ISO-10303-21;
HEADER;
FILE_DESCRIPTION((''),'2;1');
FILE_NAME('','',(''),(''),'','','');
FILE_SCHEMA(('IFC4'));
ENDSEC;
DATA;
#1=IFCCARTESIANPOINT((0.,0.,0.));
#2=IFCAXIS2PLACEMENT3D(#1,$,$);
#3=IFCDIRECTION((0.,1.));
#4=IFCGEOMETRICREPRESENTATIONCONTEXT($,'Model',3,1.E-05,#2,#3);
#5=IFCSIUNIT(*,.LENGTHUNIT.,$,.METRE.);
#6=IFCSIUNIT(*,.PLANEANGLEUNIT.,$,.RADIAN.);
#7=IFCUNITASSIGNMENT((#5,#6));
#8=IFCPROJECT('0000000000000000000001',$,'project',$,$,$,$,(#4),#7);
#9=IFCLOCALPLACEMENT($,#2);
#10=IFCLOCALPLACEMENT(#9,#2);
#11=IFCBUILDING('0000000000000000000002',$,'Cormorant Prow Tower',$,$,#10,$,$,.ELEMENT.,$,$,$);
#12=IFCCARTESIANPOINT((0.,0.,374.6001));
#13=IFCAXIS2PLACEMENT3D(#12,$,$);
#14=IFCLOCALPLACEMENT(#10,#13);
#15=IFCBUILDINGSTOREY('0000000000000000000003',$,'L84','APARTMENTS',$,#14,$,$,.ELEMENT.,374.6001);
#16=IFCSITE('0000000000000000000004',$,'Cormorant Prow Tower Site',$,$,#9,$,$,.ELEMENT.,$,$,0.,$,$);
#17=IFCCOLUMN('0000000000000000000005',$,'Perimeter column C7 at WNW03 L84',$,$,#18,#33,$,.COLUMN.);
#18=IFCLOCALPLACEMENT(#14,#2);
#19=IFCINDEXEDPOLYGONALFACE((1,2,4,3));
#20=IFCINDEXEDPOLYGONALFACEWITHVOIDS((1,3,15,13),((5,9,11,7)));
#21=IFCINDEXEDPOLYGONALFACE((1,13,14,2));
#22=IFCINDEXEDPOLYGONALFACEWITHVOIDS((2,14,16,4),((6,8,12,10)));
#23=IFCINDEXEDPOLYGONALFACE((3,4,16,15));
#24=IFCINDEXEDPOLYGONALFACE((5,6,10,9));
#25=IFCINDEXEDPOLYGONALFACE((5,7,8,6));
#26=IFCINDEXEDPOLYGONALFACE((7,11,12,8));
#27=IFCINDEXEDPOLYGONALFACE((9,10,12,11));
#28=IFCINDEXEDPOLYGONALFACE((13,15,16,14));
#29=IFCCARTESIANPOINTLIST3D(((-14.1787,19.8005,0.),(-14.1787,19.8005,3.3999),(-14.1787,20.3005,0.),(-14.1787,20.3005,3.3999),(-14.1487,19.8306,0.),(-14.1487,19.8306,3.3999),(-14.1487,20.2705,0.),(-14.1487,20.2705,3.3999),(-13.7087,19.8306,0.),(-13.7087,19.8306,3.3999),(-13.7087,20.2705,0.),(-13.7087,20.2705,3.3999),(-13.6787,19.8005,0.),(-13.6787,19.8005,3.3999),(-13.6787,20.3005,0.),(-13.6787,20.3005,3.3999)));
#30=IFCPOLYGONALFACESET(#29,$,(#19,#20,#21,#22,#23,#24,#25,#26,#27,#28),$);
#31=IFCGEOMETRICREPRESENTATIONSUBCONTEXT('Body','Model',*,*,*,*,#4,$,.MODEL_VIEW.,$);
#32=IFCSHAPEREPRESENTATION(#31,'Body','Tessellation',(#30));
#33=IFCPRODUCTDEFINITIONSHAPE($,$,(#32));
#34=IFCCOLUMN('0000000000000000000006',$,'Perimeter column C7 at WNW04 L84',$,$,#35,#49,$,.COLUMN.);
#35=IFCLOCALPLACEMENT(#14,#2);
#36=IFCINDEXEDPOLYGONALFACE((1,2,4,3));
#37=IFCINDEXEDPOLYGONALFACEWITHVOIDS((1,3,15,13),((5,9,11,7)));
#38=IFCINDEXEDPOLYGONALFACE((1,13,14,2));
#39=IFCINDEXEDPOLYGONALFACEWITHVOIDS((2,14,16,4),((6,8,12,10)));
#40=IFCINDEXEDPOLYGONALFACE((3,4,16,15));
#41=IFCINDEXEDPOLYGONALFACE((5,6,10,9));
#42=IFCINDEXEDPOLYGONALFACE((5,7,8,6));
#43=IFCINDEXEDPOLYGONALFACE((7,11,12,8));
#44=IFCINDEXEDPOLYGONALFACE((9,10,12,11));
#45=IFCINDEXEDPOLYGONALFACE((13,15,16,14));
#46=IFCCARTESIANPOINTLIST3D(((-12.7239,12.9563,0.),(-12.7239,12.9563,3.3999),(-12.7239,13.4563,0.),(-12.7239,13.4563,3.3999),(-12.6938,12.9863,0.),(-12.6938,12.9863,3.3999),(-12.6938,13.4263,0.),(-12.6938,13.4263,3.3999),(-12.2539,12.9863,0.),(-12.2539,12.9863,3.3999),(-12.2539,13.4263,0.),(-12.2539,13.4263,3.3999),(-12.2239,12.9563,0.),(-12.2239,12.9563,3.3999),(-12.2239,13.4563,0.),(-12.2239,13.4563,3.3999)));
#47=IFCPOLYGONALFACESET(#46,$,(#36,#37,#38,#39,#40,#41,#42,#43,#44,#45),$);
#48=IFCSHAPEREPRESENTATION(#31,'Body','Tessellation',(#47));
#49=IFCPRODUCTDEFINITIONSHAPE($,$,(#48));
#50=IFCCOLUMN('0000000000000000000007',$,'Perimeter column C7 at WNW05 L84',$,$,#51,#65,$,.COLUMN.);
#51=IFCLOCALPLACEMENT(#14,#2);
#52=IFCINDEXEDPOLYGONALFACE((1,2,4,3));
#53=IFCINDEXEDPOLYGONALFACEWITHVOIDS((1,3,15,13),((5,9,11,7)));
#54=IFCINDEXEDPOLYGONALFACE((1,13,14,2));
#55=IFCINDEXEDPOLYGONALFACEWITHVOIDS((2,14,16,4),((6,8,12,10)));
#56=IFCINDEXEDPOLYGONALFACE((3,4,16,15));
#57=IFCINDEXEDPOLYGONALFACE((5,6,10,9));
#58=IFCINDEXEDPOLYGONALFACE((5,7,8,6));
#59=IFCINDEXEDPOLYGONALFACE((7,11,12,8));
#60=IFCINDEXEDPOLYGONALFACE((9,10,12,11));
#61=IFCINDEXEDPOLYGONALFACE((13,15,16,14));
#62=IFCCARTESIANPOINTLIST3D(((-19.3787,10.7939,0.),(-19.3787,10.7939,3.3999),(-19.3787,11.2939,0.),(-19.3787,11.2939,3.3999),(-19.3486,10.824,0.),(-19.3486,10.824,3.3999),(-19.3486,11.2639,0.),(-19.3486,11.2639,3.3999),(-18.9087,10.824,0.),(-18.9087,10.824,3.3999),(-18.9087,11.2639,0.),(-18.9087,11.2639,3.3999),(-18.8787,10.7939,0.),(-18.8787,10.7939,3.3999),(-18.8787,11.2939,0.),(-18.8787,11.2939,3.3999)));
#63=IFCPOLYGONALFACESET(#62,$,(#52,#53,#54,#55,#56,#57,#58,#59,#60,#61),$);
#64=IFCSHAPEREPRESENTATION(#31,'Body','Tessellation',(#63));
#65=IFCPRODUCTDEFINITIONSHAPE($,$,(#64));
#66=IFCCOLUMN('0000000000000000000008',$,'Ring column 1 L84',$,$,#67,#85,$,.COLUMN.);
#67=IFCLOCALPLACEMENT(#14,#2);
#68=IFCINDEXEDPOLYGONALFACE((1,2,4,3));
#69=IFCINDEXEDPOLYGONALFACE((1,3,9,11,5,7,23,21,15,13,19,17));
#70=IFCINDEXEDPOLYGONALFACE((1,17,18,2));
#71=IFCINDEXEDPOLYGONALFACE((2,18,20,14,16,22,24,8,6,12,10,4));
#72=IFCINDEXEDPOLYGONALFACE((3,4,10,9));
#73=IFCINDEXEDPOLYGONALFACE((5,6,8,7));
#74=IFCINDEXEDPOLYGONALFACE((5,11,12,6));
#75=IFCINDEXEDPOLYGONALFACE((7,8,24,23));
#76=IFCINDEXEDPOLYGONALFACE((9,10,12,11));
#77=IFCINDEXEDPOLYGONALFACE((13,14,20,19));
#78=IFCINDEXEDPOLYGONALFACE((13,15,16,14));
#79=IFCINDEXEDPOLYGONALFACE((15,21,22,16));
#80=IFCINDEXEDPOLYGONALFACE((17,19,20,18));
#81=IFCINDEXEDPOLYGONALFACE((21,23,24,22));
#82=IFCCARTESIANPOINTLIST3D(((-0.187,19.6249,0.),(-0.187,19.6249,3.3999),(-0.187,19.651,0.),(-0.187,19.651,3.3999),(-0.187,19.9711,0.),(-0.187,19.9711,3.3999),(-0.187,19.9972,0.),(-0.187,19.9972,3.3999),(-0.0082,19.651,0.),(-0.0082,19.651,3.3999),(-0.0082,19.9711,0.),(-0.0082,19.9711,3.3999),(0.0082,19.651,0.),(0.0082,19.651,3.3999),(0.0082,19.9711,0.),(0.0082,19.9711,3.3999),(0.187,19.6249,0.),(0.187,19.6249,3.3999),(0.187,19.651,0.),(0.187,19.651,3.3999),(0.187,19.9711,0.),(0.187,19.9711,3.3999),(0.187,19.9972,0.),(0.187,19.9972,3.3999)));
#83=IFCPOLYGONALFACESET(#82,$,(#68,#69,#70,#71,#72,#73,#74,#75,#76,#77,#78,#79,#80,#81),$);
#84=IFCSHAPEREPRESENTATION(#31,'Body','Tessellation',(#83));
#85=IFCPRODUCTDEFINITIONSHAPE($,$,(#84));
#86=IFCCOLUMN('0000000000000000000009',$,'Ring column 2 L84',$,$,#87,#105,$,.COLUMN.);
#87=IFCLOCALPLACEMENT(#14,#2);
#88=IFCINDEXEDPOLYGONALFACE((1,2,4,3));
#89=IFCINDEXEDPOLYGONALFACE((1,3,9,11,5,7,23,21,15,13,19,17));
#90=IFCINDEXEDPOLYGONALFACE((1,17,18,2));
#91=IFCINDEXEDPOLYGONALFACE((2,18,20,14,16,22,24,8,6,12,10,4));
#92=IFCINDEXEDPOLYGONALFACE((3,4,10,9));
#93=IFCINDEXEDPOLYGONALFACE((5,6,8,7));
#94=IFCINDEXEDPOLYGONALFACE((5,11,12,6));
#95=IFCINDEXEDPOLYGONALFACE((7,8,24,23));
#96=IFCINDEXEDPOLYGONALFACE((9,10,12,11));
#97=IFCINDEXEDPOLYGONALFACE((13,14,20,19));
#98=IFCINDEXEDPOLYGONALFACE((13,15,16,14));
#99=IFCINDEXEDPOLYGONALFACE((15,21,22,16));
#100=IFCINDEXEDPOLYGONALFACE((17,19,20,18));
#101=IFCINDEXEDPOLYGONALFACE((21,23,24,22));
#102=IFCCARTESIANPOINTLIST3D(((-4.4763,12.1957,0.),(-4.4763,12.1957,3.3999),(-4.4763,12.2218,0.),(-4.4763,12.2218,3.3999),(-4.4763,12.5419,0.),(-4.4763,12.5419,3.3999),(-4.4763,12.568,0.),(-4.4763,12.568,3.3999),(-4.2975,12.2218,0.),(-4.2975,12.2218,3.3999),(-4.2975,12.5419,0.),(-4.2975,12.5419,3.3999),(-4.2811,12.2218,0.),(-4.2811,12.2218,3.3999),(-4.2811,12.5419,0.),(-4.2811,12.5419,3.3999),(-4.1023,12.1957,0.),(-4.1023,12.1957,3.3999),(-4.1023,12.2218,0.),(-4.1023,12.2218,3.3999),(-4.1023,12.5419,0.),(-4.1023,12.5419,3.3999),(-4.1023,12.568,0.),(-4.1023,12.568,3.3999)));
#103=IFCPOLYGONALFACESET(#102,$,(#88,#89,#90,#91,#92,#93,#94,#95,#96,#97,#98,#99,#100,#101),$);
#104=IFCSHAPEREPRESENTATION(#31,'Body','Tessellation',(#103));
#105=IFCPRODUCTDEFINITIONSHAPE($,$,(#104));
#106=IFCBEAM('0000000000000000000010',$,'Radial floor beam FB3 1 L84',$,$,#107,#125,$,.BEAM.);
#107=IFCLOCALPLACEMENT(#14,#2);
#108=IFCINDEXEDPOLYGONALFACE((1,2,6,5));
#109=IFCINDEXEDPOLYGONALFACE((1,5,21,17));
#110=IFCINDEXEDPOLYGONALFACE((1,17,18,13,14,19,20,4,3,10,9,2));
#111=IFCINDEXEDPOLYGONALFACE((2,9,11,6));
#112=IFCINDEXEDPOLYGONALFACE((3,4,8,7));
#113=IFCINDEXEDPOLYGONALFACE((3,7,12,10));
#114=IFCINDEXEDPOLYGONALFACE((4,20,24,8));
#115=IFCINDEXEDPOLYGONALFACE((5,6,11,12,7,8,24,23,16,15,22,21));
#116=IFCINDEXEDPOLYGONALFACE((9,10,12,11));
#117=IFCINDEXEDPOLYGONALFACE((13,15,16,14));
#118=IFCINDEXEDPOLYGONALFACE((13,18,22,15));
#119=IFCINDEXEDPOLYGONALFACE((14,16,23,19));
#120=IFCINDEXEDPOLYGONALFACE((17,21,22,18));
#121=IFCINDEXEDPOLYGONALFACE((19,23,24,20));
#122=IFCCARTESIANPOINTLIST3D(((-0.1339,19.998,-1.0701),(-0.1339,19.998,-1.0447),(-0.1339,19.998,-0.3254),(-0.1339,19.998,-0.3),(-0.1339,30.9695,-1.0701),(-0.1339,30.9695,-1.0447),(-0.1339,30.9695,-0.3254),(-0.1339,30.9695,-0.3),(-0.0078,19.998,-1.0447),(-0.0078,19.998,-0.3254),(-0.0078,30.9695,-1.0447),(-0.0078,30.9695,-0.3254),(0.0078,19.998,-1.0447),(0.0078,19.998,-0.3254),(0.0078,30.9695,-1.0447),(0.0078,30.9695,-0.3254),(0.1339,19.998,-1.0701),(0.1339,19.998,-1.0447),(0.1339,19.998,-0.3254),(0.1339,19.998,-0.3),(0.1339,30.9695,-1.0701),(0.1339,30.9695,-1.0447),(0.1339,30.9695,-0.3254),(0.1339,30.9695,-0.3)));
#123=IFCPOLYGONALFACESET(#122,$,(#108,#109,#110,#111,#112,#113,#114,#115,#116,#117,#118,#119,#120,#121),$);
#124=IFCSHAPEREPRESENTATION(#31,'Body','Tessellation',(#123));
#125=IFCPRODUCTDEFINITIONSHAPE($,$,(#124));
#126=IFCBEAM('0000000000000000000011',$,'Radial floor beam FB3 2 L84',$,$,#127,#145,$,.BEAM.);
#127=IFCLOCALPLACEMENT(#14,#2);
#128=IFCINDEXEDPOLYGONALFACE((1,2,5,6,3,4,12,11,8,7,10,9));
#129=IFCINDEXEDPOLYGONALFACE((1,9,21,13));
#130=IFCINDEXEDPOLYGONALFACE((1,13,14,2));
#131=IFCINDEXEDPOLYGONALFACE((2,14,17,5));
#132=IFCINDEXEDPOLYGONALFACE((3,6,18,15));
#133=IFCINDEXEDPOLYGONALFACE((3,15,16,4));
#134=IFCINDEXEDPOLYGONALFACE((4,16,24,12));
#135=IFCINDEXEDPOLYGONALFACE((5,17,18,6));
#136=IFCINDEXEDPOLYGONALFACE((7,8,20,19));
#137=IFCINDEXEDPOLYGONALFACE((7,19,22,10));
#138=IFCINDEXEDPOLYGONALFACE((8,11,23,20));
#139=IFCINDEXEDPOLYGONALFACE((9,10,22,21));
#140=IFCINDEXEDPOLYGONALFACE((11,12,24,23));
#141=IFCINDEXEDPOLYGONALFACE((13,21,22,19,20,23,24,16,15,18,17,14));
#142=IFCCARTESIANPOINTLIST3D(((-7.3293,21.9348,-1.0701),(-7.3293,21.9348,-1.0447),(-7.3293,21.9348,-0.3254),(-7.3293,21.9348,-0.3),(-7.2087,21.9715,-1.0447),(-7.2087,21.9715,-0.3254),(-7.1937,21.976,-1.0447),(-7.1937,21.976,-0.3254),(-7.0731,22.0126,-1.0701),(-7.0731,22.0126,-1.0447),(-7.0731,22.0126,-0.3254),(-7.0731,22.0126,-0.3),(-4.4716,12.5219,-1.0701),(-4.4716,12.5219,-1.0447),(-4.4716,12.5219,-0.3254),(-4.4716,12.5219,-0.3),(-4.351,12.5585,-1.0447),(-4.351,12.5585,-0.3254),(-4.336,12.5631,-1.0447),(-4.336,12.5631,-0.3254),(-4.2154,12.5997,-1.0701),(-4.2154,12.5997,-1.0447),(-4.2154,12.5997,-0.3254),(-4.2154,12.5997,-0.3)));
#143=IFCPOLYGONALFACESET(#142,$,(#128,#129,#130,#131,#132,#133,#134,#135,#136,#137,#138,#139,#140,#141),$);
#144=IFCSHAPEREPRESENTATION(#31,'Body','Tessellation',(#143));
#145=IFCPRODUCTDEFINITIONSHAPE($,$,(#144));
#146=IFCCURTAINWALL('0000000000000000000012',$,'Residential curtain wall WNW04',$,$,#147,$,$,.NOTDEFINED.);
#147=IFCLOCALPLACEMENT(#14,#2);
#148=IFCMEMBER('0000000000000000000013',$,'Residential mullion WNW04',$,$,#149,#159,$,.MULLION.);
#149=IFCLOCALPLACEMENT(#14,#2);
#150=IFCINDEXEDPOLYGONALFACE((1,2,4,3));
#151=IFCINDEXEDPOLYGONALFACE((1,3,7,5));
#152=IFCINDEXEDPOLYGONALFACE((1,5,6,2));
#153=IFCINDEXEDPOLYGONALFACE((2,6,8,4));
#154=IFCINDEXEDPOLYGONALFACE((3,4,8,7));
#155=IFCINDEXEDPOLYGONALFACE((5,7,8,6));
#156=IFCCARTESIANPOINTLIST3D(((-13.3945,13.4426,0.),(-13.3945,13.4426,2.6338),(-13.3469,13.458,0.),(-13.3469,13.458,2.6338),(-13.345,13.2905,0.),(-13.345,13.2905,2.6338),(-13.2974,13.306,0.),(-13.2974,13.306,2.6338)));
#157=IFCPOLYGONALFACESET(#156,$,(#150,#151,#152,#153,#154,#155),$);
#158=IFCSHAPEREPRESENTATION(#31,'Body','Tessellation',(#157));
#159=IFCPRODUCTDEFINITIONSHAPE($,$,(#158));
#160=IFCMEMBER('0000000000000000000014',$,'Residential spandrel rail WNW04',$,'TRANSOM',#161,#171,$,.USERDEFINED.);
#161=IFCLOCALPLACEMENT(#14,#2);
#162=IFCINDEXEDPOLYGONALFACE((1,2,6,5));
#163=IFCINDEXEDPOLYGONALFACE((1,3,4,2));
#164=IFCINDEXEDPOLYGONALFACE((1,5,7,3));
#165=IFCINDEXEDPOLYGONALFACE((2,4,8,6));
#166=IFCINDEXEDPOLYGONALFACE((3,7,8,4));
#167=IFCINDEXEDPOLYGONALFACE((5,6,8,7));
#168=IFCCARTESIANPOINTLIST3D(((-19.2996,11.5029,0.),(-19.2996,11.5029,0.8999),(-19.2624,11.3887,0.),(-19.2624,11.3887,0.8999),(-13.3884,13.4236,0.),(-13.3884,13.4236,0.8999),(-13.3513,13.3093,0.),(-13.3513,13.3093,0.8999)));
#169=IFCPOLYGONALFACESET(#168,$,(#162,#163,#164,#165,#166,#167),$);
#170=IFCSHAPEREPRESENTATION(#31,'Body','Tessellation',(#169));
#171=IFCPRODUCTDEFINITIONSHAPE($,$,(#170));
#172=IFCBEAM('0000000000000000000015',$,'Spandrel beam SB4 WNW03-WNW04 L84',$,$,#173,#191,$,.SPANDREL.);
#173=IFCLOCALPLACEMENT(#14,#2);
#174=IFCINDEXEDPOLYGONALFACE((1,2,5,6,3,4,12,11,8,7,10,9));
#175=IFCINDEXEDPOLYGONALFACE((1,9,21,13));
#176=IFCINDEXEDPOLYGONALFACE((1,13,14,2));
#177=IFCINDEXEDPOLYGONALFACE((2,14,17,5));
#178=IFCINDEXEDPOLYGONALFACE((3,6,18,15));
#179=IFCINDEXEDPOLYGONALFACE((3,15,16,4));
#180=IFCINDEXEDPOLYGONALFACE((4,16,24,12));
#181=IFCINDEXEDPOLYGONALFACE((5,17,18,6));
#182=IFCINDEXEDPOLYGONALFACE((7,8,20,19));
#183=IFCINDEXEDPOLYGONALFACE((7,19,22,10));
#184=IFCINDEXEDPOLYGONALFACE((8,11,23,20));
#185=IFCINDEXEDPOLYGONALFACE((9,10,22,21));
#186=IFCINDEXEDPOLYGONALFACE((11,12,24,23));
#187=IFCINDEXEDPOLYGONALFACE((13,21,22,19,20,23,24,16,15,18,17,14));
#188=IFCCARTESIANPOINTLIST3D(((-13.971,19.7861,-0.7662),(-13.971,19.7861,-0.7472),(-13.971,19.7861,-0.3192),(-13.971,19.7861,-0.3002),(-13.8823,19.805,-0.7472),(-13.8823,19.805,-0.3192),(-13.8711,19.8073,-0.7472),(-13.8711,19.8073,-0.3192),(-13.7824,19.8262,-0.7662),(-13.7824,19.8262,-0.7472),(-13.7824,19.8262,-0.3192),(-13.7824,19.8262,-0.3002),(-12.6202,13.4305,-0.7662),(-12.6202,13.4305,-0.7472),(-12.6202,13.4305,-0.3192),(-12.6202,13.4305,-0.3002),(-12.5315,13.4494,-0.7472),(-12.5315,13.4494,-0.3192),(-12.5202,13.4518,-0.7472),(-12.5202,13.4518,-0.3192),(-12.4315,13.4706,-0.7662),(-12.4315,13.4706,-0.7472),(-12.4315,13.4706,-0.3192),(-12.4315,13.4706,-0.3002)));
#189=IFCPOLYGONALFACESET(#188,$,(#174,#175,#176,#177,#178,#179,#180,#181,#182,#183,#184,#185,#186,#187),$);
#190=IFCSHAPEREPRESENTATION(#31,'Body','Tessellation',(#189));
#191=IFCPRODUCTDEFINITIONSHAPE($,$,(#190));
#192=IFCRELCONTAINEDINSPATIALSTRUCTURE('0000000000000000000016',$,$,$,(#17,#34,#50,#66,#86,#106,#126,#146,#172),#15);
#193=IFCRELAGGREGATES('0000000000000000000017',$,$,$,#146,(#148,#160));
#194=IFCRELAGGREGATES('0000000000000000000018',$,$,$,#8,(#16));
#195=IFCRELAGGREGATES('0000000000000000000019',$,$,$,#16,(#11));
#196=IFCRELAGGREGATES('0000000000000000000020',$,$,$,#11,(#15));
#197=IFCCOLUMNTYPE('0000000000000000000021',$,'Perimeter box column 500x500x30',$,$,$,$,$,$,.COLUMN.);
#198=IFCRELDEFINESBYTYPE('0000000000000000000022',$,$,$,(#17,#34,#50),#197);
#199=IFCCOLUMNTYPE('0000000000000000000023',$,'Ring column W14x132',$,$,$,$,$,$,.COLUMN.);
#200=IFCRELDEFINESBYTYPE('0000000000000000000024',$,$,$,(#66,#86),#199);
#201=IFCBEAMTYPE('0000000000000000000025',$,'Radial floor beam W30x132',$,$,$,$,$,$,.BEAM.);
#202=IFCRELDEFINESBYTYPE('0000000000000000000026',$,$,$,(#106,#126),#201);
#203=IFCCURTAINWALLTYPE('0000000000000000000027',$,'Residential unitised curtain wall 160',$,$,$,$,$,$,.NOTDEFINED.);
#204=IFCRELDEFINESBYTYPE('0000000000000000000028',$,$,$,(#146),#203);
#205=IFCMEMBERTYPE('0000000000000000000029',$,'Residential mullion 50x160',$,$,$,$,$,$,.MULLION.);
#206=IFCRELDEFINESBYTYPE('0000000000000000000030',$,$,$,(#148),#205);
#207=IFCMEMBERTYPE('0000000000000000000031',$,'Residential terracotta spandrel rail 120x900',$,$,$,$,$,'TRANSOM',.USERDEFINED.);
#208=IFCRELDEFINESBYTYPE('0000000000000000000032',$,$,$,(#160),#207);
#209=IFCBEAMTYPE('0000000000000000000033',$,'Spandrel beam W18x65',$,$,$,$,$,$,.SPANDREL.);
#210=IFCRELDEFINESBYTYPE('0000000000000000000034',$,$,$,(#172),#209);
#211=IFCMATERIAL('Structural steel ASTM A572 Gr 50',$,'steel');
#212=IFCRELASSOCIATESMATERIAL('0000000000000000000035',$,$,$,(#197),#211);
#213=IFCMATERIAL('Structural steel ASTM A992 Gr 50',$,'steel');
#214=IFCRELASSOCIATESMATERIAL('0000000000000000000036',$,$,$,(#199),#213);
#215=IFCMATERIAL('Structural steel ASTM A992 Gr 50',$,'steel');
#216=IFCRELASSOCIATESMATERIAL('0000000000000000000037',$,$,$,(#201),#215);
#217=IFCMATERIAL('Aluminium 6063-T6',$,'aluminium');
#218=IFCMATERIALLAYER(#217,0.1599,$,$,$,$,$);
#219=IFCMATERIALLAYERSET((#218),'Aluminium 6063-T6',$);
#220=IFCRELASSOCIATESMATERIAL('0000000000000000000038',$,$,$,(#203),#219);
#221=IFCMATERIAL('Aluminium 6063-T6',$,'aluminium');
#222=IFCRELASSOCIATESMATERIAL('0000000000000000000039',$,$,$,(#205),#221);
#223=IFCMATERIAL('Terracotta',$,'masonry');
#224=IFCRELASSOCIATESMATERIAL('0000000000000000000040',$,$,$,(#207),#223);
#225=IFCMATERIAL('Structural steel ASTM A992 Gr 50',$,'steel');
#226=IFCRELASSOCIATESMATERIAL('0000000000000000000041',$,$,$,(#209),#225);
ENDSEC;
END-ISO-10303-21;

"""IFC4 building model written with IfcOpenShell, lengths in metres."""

from ifc_helpers import new_model, si_unit, direction, frame, origin, origin_2d, place, context, subcontext, project, spatial, rectangle, hollow_rectangle, i_section, extrude, material, layer, layer_set, material_profile, profile_set, type_object, element, aggregate, save


model = new_model("IFC4")

# Units and contexts
model_context = context("Model", 3, precision=1e-05, world=origin(), true_north=direction((0.0, 1.0)))
body_context = subcontext(model_context, "Body", "Model", "MODEL_VIEW")
ifc_project = project(units=[si_unit("LENGTHUNIT", "METRE"), si_unit("PLANEANGLEUNIT", "RADIAN")], contexts=[model_context])

# Site, building, storey
site_placement = place(None, origin())
site = spatial("IfcSite", under=ifc_project, at=site_placement, Name="Cormorant Prow Tower Site", CompositionType="ELEMENT", RefElevation=0.0)
building_placement = place(site_placement, origin())
building = spatial("IfcBuilding", under=site, at=building_placement, Name="Cormorant Prow Tower", CompositionType="ELEMENT")
storey_placement = place(building_placement, frame((0.0, 0.0, 374.6001)))
storey = spatial("IfcBuildingStorey", under=building, at=storey_placement, Name="L84", Description="APARTMENTS", CompositionType="ELEMENT", Elevation=374.6001)

# Columns
ifc_material_1 = material(Name="Structural steel ASTM A572 Gr 50", Category="steel")
ifc_material_profile_1 = material_profile(ifc_material_1, hollow_rectangle(XDim=0.5, YDim=0.5, WallThickness=0.03, at=origin_2d()), Name="Box 500x500x30")
ifc_profile_set_1 = profile_set([ifc_material_profile_1], Name="Structural steel ASTM A572 Gr 50")
column_type_1 = type_object("IfcColumnType", Name="Perimeter box column 500x500x30", PredefinedType="COLUMN", material=ifc_profile_set_1)
for number, where, z_axis, x_axis, name in (
    (1, (-13.9287, 20.0505, 0.0), (0.0, 0.0, 1.0), (1.0, 0.0, 0.0), "Perimeter column C7 at WNW03 L84"),
    (2, (-12.4739, 13.2063, 0.0), (0.0, 0.0, 1.0), (1.0, 0.0, 0.0), "Perimeter column C7 at WNW04 L84"),
    (3, (-19.1287, 11.0439, 0.0), (0.0, 0.0, 1.0), (1.0, 0.0, 0.0), "Perimeter column C7 at WNW05 L84"),
):
    element("IfcColumn", number, at=place(storey_placement, frame(where, z_axis=z_axis, x_axis=x_axis)), inside=storey, type_object=column_type_1, Name=name, PredefinedType="COLUMN", context=body_context, shape_type="SweptSolid", body=[
        extrude(hollow_rectangle(XDim=0.5, YDim=0.5, WallThickness=0.03, at=origin_2d()), origin(), (0.0, 0.0, 1.0), 3.3999),
    ])
ifc_material_2 = material(Name="Structural steel ASTM A992 Gr 50", Category="steel")
ifc_material_profile_2 = material_profile(ifc_material_2, i_section(OverallWidth=0.374, OverallDepth=0.3723, WebThickness=0.0164, FlangeThickness=0.0261, at=origin_2d()), Name="W14x132")
ifc_profile_set_2 = profile_set([ifc_material_profile_2], Name="Structural steel ASTM A992 Gr 50")
column_type_2 = type_object("IfcColumnType", Name="Ring column W14x132", PredefinedType="COLUMN", material=ifc_profile_set_2)
for number, where, z_axis, x_axis, name in (
    (4, (0.0, 19.811, 0.0), (0.0, 0.0, 1.0), (1.0, 0.0, 0.0), "Ring column 1 L84"),
    (5, (-4.2893, 12.3818, 0.0), (0.0, 0.0, 1.0), (1.0, 0.0, 0.0), "Ring column 2 L84"),
):
    element("IfcColumn", number, at=place(storey_placement, frame(where, z_axis=z_axis, x_axis=x_axis)), inside=storey, type_object=column_type_2, Name=name, PredefinedType="COLUMN", context=body_context, shape_type="SweptSolid", body=[
        extrude(i_section(OverallWidth=0.374, OverallDepth=0.3723, WebThickness=0.0164, FlangeThickness=0.0261, at=origin_2d()), origin(), (0.0, 0.0, 1.0), 3.3999),
    ])

# Beams
ifc_material_3 = material(Name="Structural steel ASTM A992 Gr 50", Category="steel")
ifc_material_profile_3 = material_profile(ifc_material_3, i_section(OverallWidth=0.2678, OverallDepth=0.77, WebThickness=0.0156, FlangeThickness=0.0254, at=origin_2d()), Name="W30x132")
ifc_profile_set_3 = profile_set([ifc_material_profile_3], Name="Structural steel ASTM A992 Gr 50")
beam_type_1 = type_object("IfcBeamType", Name="Radial floor beam W30x132", PredefinedType="BEAM", material=ifc_profile_set_3)
beam_1_placement = place(storey_placement, frame((0.0, 19.998, -0.6851), z_axis=(0.0, 1.0, 0.0), x_axis=(-1.0, 0.0, 0.0)))
element("IfcBeam", 6, at=beam_1_placement, inside=storey, type_object=beam_type_1, Name="Radial floor beam FB3 1 L84", PredefinedType="BEAM", context=body_context, shape_type="SweptSolid", body=[
    extrude(i_section(OverallWidth=0.2678, OverallDepth=0.77, WebThickness=0.0156, FlangeThickness=0.0254, at=origin_2d()), origin(), (0.0, 0.0, 1.0), 10.9714),
])
beam_2_placement = place(storey_placement, frame((-4.3435, 12.5608, -0.6851), z_axis=(-0.2905, 0.956875, 0.0), x_axis=(-0.956875, -0.2905, 0.0)))
element("IfcBeam", 7, at=beam_2_placement, inside=storey, type_object=beam_type_1, Name="Radial floor beam FB3 2 L84", PredefinedType="BEAM", context=body_context, shape_type="SweptSolid", body=[
    extrude(i_section(OverallWidth=0.2678, OverallDepth=0.77, WebThickness=0.0156, FlangeThickness=0.0254, at=origin_2d()), origin(), (0.0, 0.0, 1.0), 9.8372),
])

# Curtain wall, members
ifc_material_4 = material(Name="Aluminium 6063-T6", Category="aluminium")
ifc_layer_1 = layer(ifc_material_4, 0.1599)
ifc_layer_set_1 = layer_set([ifc_layer_1], Name="Aluminium 6063-T6")
curtain_wall_type = type_object("IfcCurtainWallType", Name="Residential unitised curtain wall 160", PredefinedType="NOTDEFINED", material=ifc_layer_set_1)
curtain_wall_placement = place(storey_placement, origin())
curtain_wall = element("IfcCurtainWall", 8, at=curtain_wall_placement, inside=storey, type_object=curtain_wall_type, Name="Residential curtain wall WNW04", PredefinedType="NOTDEFINED")
ifc_material_5 = material(Name="Aluminium 6063-T6", Category="aluminium")
ifc_material_profile_4 = material_profile(ifc_material_5, rectangle(XDim=0.1599, YDim=0.05, at=origin_2d()), Name="Residential mullion 50x160")
ifc_profile_set_4 = profile_set([ifc_material_profile_4], Name="Aluminium 6063-T6")
member_type_1 = type_object("IfcMemberType", Name="Residential mullion 50x160", PredefinedType="MULLION", material=ifc_profile_set_4)
member_1_placement = place(storey_placement, frame((-13.3459, 13.3743, 0.0), z_axis=(0.0, 0.0, 1.0), x_axis=(0.309017, -0.951057, 0.0)))
member_1 = element("IfcMember", 9, at=member_1_placement, type_object=member_type_1, Name="Residential mullion WNW04", PredefinedType="MULLION", context=body_context, shape_type="SweptSolid", body=[
    extrude(rectangle(XDim=0.1599, YDim=0.05, at=origin_2d()), origin(), (0.0, 0.0, 1.0), 2.6338),
])
ifc_material_6 = material(Name="Terracotta", Category="masonry")
ifc_material_profile_5 = material_profile(ifc_material_6, rectangle(XDim=0.1201, YDim=0.8999, at=origin_2d()), Name="Residential terracotta spandrel rail 120x900")
ifc_profile_set_5 = profile_set([ifc_material_profile_5], Name="Terracotta")
member_type_2 = type_object("IfcMemberType", Name="Residential terracotta spandrel rail 120x900", ElementType="TRANSOM", PredefinedType="USERDEFINED", material=ifc_profile_set_5)
member_2_placement = place(storey_placement, frame((-13.3699, 13.3665, 0.45), z_axis=(-0.951056, -0.309019, 0.0), x_axis=(0.309019, -0.951056, 0.0)))
member_2 = element("IfcMember", 10, at=member_2_placement, type_object=member_type_2, Name="Residential spandrel rail WNW04", ObjectType="TRANSOM", PredefinedType="USERDEFINED", context=body_context, shape_type="SweptSolid", body=[
    extrude(rectangle(XDim=0.1201, YDim=0.8999, at=origin_2d()), origin(), (0.0, 0.0, 1.0), 6.2153),
])

# Beam
ifc_material_7 = material(Name="Structural steel ASTM A992 Gr 50", Category="steel")
ifc_material_profile_6 = material_profile(ifc_material_7, i_section(OverallWidth=0.1929, OverallDepth=0.4661, WebThickness=0.0115, FlangeThickness=0.019, at=origin_2d()), Name="W18x65")
ifc_profile_set_6 = profile_set([ifc_material_profile_6], Name="Structural steel ASTM A992 Gr 50")
beam_type_2 = type_object("IfcBeamType", Name="Spandrel beam W18x65", PredefinedType="SPANDREL", material=ifc_profile_set_6)
beam_3_placement = place(storey_placement, frame((-13.8767, 19.8062, -0.5332), z_axis=(0.207902, -0.97815, 0.0), x_axis=(0.97815, 0.207902, 0.0)))
element("IfcBeam", 11, at=beam_3_placement, inside=storey, type_object=beam_type_2, Name="Spandrel beam SB4 WNW03-WNW04 L84", PredefinedType="SPANDREL", context=body_context, shape_type="SweptSolid", body=[
    extrude(i_section(OverallWidth=0.1929, OverallDepth=0.4661, WebThickness=0.0115, FlangeThickness=0.019, at=origin_2d()), origin(), (0.0, 0.0, 1.0), 6.4976),
])

aggregate(curtain_wall, [member_1, member_2])

save(model, "model.ifc")
